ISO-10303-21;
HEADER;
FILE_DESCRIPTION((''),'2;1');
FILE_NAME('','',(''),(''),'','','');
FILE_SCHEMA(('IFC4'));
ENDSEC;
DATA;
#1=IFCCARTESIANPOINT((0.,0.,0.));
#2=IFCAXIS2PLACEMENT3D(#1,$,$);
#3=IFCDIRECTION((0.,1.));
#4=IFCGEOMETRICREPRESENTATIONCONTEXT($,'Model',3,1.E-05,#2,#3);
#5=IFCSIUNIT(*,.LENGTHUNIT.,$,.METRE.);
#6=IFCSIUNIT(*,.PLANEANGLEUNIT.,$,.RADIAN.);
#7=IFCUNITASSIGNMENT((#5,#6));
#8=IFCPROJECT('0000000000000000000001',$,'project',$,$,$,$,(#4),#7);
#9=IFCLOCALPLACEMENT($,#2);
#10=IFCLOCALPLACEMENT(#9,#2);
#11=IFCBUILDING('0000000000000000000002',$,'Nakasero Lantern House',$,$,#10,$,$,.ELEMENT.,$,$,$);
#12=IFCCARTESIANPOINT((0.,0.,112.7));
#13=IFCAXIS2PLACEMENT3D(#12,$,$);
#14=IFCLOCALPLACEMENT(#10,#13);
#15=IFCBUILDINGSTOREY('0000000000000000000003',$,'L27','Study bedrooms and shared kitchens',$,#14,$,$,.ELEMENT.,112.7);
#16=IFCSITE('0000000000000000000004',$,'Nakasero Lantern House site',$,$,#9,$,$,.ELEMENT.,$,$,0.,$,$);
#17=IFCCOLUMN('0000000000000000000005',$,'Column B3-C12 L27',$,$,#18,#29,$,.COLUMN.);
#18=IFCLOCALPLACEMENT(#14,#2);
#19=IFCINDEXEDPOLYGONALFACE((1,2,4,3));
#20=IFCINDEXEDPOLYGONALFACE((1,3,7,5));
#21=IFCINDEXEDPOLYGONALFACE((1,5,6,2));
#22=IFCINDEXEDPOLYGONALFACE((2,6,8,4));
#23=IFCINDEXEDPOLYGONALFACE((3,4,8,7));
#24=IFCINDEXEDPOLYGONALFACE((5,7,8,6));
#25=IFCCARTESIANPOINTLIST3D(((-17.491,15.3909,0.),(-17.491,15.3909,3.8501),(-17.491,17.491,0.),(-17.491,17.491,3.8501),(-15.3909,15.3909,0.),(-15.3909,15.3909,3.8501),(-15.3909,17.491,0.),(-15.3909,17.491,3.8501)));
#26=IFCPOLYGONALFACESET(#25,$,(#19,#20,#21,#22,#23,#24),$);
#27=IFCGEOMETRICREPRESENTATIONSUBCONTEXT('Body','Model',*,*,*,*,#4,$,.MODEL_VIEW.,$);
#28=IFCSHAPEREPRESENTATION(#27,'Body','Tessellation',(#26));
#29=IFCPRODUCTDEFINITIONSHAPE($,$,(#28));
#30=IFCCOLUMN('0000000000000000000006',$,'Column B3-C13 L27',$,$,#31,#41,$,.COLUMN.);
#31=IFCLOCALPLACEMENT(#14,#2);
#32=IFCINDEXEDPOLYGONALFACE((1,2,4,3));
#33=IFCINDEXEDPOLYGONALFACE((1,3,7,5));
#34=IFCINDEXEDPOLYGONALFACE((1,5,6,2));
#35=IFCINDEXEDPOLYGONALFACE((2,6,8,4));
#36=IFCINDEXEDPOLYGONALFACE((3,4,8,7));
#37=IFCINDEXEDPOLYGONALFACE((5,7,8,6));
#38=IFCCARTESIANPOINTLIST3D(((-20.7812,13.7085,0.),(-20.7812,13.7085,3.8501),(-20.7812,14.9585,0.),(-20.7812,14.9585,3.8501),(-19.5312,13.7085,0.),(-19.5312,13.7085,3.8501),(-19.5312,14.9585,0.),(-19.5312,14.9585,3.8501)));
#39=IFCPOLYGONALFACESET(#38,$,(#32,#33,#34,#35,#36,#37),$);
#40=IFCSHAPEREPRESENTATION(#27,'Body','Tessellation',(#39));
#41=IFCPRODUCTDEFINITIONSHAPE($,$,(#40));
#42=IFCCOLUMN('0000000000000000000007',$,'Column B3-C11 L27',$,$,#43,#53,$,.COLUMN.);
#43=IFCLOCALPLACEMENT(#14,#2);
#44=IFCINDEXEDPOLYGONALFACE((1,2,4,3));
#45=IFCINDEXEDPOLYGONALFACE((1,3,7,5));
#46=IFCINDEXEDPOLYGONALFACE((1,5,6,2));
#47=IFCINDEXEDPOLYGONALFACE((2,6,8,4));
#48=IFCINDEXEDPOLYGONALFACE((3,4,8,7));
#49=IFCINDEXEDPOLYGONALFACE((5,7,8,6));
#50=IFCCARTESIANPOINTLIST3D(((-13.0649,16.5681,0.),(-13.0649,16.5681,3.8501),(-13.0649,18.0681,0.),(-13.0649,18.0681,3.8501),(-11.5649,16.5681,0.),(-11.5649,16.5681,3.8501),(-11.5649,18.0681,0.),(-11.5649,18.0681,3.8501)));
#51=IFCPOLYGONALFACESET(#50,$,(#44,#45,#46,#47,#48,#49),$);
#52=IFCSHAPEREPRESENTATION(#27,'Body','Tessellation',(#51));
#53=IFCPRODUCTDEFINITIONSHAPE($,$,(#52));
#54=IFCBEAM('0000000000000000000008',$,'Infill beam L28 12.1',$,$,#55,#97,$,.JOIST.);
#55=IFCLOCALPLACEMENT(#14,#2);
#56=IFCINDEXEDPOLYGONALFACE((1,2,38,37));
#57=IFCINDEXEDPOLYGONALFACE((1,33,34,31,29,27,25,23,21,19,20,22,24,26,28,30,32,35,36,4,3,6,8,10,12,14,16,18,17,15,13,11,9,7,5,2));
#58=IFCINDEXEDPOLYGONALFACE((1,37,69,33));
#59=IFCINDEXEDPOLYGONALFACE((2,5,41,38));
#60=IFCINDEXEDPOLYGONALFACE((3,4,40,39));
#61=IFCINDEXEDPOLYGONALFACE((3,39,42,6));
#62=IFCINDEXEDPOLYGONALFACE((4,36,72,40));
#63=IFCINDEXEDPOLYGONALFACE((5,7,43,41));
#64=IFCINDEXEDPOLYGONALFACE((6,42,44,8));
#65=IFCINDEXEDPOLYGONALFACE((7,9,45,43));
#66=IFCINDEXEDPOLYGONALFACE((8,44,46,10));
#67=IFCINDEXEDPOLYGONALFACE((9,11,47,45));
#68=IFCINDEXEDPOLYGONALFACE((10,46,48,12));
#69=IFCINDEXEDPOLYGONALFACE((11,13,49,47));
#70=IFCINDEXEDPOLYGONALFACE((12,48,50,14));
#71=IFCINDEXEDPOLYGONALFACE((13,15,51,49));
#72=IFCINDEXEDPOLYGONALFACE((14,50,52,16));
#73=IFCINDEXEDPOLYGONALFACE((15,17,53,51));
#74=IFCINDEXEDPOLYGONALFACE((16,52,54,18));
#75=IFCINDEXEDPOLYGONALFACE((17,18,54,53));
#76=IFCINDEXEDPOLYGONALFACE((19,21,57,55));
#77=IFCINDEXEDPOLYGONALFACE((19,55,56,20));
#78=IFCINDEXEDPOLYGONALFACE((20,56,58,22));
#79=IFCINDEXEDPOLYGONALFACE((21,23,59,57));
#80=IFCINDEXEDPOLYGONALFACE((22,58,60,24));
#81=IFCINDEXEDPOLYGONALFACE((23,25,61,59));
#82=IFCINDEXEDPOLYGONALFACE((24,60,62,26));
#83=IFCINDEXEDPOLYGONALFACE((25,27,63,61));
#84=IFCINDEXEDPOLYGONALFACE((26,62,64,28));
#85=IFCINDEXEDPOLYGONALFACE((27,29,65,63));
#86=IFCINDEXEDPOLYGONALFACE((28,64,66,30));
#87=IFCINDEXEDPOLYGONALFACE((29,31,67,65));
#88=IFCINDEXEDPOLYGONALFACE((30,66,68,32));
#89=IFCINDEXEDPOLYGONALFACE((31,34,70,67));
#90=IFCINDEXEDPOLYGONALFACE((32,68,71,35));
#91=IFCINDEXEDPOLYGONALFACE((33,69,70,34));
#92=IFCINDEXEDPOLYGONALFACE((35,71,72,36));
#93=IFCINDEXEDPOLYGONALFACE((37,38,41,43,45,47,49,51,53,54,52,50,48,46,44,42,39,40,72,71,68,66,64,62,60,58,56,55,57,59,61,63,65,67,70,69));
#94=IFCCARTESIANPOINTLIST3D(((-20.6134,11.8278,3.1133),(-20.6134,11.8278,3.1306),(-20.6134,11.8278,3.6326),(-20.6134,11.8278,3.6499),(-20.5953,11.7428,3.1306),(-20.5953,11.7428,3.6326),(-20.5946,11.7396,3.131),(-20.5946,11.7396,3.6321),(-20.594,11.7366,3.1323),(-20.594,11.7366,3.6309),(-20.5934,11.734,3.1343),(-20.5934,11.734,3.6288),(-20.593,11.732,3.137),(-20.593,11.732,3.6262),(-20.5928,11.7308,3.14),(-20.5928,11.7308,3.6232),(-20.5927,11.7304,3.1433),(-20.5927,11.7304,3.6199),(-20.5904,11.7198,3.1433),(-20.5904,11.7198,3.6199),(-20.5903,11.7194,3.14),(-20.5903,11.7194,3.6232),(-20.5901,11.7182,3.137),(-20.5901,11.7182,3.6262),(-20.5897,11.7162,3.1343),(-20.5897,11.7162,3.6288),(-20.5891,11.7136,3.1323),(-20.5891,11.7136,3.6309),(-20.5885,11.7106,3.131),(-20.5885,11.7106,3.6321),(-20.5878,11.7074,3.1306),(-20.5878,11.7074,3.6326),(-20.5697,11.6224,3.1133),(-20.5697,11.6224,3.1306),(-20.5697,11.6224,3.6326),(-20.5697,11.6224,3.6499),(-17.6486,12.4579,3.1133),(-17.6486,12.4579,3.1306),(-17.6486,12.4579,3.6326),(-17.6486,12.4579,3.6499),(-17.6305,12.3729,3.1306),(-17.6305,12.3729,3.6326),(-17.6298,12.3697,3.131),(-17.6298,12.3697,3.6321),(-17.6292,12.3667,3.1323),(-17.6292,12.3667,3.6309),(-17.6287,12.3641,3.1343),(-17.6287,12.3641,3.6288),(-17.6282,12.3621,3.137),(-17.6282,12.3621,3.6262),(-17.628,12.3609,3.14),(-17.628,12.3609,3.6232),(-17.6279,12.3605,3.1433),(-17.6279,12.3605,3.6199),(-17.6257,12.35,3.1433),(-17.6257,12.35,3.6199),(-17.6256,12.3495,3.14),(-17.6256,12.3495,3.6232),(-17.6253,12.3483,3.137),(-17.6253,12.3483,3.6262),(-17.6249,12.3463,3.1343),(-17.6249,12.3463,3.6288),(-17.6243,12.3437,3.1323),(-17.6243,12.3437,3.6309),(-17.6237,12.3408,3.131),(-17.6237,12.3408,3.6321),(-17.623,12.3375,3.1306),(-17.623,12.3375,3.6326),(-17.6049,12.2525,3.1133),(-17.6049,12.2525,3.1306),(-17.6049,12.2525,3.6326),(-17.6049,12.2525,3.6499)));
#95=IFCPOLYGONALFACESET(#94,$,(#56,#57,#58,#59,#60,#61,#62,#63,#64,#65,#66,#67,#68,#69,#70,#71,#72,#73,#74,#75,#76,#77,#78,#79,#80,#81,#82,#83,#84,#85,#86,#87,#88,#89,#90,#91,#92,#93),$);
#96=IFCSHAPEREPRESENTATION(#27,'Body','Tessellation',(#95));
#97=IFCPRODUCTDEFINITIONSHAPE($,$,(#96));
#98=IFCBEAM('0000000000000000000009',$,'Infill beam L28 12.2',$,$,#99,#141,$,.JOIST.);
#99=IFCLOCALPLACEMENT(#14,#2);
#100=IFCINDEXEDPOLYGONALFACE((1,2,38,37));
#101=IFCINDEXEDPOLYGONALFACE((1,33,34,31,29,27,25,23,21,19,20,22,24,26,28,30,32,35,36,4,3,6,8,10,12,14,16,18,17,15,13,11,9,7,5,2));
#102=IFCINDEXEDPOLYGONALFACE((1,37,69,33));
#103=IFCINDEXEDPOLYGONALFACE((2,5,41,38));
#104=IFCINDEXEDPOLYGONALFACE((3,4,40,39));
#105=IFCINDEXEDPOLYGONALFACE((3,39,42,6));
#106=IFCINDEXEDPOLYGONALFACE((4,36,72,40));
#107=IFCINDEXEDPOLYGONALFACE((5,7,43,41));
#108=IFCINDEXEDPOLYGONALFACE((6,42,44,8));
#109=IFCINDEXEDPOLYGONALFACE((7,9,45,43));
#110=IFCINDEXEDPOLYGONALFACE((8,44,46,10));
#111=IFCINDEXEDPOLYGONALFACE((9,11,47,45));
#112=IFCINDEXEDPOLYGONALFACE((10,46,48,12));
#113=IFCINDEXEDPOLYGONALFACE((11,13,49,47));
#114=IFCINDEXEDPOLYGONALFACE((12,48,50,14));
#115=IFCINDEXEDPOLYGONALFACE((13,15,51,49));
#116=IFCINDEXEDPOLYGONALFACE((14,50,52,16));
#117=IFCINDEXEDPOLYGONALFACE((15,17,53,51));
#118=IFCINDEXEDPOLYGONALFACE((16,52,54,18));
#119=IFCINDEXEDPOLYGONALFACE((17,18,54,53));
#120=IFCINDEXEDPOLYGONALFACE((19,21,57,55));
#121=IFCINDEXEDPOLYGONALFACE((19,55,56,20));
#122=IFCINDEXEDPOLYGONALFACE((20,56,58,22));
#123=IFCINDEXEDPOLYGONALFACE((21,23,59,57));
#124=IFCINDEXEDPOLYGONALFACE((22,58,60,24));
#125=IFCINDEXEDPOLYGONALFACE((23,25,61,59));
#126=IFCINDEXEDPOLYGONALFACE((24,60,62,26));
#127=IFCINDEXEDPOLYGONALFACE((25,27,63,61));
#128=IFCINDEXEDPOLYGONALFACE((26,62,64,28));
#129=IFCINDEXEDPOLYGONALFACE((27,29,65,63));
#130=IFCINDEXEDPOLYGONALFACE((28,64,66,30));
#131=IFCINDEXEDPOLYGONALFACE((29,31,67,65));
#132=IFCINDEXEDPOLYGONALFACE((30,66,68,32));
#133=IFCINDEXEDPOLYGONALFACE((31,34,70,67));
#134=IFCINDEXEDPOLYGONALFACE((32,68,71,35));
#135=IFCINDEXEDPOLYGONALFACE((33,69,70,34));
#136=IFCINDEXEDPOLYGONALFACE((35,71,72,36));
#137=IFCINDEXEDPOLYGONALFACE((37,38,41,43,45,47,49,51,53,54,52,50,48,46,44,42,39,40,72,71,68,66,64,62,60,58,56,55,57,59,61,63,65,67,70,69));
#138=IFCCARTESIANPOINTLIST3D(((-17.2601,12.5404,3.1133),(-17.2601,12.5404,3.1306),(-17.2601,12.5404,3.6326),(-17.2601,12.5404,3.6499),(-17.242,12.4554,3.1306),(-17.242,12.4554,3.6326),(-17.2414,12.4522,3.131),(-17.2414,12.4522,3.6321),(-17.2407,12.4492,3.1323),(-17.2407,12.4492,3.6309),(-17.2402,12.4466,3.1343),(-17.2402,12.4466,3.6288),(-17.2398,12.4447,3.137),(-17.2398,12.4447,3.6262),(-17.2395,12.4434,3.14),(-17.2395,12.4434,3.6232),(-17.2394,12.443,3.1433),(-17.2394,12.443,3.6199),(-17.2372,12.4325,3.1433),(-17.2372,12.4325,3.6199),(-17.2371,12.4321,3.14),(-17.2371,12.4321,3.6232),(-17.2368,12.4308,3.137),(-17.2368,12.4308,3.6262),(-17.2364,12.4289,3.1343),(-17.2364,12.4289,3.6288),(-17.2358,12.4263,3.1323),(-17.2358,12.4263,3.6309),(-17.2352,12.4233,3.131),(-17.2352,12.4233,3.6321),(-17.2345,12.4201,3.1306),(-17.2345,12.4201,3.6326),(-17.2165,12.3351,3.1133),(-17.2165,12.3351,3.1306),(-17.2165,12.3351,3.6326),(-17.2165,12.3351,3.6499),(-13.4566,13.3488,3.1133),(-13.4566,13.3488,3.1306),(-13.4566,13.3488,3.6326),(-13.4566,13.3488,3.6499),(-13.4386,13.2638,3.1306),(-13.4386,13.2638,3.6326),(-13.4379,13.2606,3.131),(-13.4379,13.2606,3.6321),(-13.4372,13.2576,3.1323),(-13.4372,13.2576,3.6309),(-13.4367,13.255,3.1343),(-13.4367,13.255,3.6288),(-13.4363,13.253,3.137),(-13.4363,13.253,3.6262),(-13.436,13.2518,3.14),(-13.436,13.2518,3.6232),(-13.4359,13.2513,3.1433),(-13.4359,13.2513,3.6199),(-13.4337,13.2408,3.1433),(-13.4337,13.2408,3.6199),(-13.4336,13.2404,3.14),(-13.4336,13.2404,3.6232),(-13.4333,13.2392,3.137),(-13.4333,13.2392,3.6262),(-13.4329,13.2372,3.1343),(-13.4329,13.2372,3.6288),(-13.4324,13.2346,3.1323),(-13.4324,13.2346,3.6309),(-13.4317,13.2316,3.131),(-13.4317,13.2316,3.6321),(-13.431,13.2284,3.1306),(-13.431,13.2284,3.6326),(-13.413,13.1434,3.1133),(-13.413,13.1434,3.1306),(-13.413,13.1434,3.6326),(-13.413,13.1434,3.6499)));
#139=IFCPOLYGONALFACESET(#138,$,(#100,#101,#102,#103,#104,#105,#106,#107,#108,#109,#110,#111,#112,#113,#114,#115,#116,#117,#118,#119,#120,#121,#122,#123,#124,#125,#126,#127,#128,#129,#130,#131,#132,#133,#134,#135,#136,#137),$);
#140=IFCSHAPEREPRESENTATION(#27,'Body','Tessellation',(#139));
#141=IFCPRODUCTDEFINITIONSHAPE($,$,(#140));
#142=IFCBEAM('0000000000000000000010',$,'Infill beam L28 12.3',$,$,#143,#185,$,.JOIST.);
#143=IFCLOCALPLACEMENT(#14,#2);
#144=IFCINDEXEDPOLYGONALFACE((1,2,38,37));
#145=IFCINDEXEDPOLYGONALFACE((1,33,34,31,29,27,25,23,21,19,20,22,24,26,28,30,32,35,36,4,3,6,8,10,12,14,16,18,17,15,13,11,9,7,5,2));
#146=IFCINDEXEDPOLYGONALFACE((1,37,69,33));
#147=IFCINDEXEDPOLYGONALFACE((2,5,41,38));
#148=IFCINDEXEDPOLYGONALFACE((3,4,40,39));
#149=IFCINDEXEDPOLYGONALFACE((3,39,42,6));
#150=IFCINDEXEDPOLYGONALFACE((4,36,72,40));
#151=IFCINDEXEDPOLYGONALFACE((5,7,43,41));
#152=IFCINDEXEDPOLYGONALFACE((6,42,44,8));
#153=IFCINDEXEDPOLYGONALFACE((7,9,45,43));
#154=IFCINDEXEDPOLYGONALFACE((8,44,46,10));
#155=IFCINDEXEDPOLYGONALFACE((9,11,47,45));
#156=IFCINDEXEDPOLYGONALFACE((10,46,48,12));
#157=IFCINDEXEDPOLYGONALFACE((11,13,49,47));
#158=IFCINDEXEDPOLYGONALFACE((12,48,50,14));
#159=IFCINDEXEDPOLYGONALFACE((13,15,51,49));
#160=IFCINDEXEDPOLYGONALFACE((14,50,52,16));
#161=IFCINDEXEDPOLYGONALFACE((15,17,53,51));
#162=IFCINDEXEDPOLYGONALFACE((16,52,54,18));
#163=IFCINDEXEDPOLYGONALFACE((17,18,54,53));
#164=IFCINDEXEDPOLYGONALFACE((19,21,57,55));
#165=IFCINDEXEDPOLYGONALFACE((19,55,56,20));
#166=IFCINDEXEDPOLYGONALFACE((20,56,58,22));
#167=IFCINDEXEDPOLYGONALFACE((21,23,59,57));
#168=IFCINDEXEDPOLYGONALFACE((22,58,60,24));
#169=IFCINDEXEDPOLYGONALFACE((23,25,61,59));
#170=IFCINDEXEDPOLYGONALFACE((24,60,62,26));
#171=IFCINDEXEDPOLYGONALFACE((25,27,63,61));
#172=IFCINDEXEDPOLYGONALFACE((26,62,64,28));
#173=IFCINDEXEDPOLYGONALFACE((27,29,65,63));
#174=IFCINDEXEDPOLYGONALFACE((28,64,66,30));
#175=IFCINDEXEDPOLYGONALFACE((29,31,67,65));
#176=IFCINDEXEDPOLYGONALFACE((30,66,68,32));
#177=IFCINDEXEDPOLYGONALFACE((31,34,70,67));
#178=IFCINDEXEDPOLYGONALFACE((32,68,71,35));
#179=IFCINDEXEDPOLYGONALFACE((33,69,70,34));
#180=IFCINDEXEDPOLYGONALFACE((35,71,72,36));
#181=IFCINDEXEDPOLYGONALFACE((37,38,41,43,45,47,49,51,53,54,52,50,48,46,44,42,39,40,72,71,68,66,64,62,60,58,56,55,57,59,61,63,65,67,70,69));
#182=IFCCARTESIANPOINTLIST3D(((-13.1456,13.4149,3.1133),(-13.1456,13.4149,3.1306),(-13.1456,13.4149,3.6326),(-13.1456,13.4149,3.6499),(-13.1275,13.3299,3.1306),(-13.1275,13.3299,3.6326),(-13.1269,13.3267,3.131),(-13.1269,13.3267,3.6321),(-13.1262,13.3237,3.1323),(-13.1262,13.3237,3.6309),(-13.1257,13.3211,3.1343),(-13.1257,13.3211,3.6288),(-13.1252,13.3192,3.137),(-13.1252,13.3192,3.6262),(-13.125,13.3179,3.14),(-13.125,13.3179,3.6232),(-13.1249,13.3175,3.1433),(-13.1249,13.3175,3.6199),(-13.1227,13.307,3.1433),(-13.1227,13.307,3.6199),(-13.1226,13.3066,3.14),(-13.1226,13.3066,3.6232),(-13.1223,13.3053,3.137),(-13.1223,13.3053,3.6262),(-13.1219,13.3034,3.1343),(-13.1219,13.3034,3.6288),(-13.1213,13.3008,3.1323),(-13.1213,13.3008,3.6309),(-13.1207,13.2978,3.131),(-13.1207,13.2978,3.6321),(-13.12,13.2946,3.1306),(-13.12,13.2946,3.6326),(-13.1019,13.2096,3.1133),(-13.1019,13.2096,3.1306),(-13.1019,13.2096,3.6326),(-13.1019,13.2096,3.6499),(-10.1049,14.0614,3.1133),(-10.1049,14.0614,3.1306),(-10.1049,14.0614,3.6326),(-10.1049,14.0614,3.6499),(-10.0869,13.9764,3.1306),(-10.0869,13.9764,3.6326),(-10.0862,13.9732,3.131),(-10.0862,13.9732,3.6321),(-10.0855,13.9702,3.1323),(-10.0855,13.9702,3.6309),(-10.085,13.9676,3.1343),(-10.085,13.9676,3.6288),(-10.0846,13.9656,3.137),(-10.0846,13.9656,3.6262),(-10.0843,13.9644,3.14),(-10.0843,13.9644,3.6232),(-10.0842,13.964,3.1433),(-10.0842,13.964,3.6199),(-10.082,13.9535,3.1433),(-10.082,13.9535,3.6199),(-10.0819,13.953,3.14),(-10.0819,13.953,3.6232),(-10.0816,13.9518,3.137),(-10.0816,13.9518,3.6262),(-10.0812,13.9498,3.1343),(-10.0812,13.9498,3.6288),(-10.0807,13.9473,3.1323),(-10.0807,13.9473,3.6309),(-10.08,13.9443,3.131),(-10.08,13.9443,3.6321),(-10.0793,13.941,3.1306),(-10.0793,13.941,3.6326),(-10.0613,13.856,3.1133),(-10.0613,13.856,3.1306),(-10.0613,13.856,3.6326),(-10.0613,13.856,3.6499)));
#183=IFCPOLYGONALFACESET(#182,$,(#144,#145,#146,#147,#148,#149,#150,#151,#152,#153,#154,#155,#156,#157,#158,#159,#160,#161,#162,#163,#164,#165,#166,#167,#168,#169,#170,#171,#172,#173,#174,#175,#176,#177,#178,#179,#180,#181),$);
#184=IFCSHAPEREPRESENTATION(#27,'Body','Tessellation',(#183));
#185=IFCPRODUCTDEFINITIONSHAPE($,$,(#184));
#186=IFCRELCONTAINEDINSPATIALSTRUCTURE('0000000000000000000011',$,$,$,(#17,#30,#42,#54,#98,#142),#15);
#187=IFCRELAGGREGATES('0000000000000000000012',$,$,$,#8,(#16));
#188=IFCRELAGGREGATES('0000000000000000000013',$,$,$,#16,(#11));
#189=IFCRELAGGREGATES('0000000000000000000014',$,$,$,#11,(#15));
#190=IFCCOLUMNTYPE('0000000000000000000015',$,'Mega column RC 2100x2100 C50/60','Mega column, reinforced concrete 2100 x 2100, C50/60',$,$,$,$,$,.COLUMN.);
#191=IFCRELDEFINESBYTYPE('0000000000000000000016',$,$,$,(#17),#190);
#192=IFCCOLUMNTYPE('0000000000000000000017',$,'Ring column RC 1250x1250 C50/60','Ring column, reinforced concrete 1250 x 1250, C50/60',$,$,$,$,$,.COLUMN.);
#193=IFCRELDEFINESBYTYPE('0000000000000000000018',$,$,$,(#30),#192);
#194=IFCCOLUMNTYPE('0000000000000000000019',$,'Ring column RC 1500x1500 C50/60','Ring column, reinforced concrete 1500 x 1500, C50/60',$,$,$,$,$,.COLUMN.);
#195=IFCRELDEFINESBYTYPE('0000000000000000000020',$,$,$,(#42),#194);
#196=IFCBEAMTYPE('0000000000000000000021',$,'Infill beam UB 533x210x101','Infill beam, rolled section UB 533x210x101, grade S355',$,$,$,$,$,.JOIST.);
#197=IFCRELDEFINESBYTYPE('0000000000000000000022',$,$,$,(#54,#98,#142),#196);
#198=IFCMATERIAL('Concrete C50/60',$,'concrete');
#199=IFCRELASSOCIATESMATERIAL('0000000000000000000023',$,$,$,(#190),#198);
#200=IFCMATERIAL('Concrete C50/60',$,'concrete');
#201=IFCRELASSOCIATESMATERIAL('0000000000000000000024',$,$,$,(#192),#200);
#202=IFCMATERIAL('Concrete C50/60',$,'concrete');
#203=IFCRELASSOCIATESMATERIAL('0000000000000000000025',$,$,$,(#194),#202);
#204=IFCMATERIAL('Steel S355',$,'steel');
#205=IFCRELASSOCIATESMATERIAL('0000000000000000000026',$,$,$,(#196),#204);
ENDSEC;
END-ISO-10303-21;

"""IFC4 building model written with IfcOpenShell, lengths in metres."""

from ifc_helpers import new_model, si_unit, direction, frame, origin, origin_2d, place, context, subcontext, project, spatial, rectangle, i_section, extrude, material, material_profile, profile_set, type_object, element, save


model = new_model("IFC4")

# Units and contexts
model_context = context("Model", 3, precision=1e-05, world=origin(), true_north=direction((0.0, 1.0)))
body_context = subcontext(model_context, "Body", "Model", "MODEL_VIEW")
ifc_project = project(units=[si_unit("LENGTHUNIT", "METRE"), si_unit("PLANEANGLEUNIT", "RADIAN")], contexts=[model_context])

# Site, building, storey
site_placement = place(None, origin())
site = spatial("IfcSite", under=ifc_project, at=site_placement, Name="Nakasero Lantern House site", CompositionType="ELEMENT", RefElevation=0.0)
building_placement = place(site_placement, origin())
building = spatial("IfcBuilding", under=site, at=building_placement, Name="Nakasero Lantern House", CompositionType="ELEMENT")
storey_placement = place(building_placement, frame((0.0, 0.0, 112.7)))
storey = spatial("IfcBuildingStorey", under=building, at=storey_placement, Name="L27", Description="Study bedrooms and shared kitchens", CompositionType="ELEMENT", Elevation=112.7)

# Columns
ifc_material_1 = material(Name="Concrete C50/60", Category="concrete")
ifc_material_profile_1 = material_profile(ifc_material_1, rectangle(XDim=2.1001, YDim=2.1001, at=origin_2d()), Name="RC 2100x2100")
ifc_profile_set_1 = profile_set([ifc_material_profile_1], Name="Concrete C50/60")
column_type_1 = type_object("IfcColumnType", Name="Mega column RC 2100x2100 C50/60", Description="Mega column, reinforced concrete 2100 x 2100, C50/60", PredefinedType="COLUMN", material=ifc_profile_set_1)
column_1_placement = place(storey_placement, frame((-16.4409, 16.4409, 0.0), z_axis=(0.0, 0.0, 1.0), x_axis=(1.0, 0.0, 0.0)))
element("IfcColumn", 1, at=column_1_placement, inside=storey, type_object=column_type_1, Name="Column B3-C12 L27", PredefinedType="COLUMN", context=body_context, shape_type="SweptSolid", body=[
    extrude(rectangle(XDim=2.1001, YDim=2.1001, at=origin_2d()), origin(), (0.0, 0.0, 1.0), 3.8501),
])
ifc_material_2 = material(Name="Concrete C50/60", Category="concrete")
ifc_material_profile_2 = material_profile(ifc_material_2, rectangle(XDim=1.25, YDim=1.25, at=origin_2d()), Name="RC 1250x1250")
ifc_profile_set_2 = profile_set([ifc_material_profile_2], Name="Concrete C50/60")
column_type_2 = type_object("IfcColumnType", Name="Ring column RC 1250x1250 C50/60", Description="Ring column, reinforced concrete 1250 x 1250, C50/60", PredefinedType="COLUMN", material=ifc_profile_set_2)
column_2_placement = place(storey_placement, frame((-20.1562, 14.3335, 0.0), z_axis=(0.0, 0.0, 1.0), x_axis=(1.0, 0.0, 0.0)))
element("IfcColumn", 2, at=column_2_placement, inside=storey, type_object=column_type_2, Name="Column B3-C13 L27", PredefinedType="COLUMN", context=body_context, shape_type="SweptSolid", body=[
    extrude(rectangle(XDim=1.25, YDim=1.25, at=origin_2d()), origin(), (0.0, 0.0, 1.0), 3.8501),
])
ifc_material_3 = material(Name="Concrete C50/60", Category="concrete")
ifc_material_profile_3 = material_profile(ifc_material_3, rectangle(XDim=1.5, YDim=1.5, at=origin_2d()), Name="RC 1500x1500")
ifc_profile_set_3 = profile_set([ifc_material_profile_3], Name="Concrete C50/60")
column_type_3 = type_object("IfcColumnType", Name="Ring column RC 1500x1500 C50/60", Description="Ring column, reinforced concrete 1500 x 1500, C50/60", PredefinedType="COLUMN", material=ifc_profile_set_3)
column_3_placement = place(storey_placement, frame((-12.3149, 17.3181, 0.0), z_axis=(0.0, 0.0, 1.0), x_axis=(1.0, 0.0, 0.0)))
element("IfcColumn", 3, at=column_3_placement, inside=storey, type_object=column_type_3, Name="Column B3-C11 L27", PredefinedType="COLUMN", context=body_context, shape_type="SweptSolid", body=[
    extrude(rectangle(XDim=1.5, YDim=1.5, at=origin_2d()), origin(), (0.0, 0.0, 1.0), 3.8501),
])

# Beams
ifc_material_4 = material(Name="Steel S355", Category="steel")
ifc_material_profile_4 = material_profile(ifc_material_4, i_section(OverallWidth=0.21, OverallDepth=0.5366, WebThickness=0.0107, FlangeThickness=0.0173, FilletRadius=0.0127, at=origin_2d()), Name="UB 533x210x101")
ifc_profile_set_4 = profile_set([ifc_material_profile_4], Name="Steel S355")
beam_type_1 = type_object("IfcBeamType", Name="Infill beam UB 533x210x101", Description="Infill beam, rolled section UB 533x210x101, grade S355", PredefinedType="JOIST", material=ifc_profile_set_4)
beam_1_placement = place(storey_placement, frame((-20.5916, 11.7251, 3.3816), z_axis=(0.978152, 0.20789, 0.0), x_axis=(-0.20789, 0.978152, 0.0)))
element("IfcBeam", 4, at=beam_1_placement, inside=storey, type_object=beam_type_1, Name="Infill beam L28 12.1", PredefinedType="JOIST", context=body_context, shape_type="SweptSolid", body=[
    extrude(i_section(OverallWidth=0.21, OverallDepth=0.5366, WebThickness=0.0107, FlangeThickness=0.0173, FilletRadius=0.0127, at=origin_2d()), origin(), (0.0, 0.0, 1.0), 3.031),
])
beam_2_placement = place(storey_placement, frame((-17.2383, 12.4377, 3.3816), z_axis=(0.978153, 0.207887, 0.0), x_axis=(-0.207887, 0.978153, 0.0)))
element("IfcBeam", 5, at=beam_2_placement, inside=storey, type_object=beam_type_1, Name="Infill beam L28 12.2", PredefinedType="JOIST", context=body_context, shape_type="SweptSolid", body=[
    extrude(i_section(OverallWidth=0.21, OverallDepth=0.5366, WebThickness=0.0107, FlangeThickness=0.0173, FilletRadius=0.0127, at=origin_2d()), origin(), (0.0, 0.0, 1.0), 3.8884),
])
beam_3_placement = place(storey_placement, frame((-13.1238, 13.3123, 3.3816), z_axis=(0.978138, 0.207957, 0.0), x_axis=(-0.207957, 0.978138, 0.0)))
element("IfcBeam", 6, at=beam_3_placement, inside=storey, type_object=beam_type_1, Name="Infill beam L28 12.3", PredefinedType="JOIST", context=body_context, shape_type="SweptSolid", body=[
    extrude(i_section(OverallWidth=0.21, OverallDepth=0.5366, WebThickness=0.0107, FlangeThickness=0.0173, FilletRadius=0.0127, at=origin_2d()), origin(), (0.0, 0.0, 1.0), 3.1086),
])

save(model, "model.ifc")
